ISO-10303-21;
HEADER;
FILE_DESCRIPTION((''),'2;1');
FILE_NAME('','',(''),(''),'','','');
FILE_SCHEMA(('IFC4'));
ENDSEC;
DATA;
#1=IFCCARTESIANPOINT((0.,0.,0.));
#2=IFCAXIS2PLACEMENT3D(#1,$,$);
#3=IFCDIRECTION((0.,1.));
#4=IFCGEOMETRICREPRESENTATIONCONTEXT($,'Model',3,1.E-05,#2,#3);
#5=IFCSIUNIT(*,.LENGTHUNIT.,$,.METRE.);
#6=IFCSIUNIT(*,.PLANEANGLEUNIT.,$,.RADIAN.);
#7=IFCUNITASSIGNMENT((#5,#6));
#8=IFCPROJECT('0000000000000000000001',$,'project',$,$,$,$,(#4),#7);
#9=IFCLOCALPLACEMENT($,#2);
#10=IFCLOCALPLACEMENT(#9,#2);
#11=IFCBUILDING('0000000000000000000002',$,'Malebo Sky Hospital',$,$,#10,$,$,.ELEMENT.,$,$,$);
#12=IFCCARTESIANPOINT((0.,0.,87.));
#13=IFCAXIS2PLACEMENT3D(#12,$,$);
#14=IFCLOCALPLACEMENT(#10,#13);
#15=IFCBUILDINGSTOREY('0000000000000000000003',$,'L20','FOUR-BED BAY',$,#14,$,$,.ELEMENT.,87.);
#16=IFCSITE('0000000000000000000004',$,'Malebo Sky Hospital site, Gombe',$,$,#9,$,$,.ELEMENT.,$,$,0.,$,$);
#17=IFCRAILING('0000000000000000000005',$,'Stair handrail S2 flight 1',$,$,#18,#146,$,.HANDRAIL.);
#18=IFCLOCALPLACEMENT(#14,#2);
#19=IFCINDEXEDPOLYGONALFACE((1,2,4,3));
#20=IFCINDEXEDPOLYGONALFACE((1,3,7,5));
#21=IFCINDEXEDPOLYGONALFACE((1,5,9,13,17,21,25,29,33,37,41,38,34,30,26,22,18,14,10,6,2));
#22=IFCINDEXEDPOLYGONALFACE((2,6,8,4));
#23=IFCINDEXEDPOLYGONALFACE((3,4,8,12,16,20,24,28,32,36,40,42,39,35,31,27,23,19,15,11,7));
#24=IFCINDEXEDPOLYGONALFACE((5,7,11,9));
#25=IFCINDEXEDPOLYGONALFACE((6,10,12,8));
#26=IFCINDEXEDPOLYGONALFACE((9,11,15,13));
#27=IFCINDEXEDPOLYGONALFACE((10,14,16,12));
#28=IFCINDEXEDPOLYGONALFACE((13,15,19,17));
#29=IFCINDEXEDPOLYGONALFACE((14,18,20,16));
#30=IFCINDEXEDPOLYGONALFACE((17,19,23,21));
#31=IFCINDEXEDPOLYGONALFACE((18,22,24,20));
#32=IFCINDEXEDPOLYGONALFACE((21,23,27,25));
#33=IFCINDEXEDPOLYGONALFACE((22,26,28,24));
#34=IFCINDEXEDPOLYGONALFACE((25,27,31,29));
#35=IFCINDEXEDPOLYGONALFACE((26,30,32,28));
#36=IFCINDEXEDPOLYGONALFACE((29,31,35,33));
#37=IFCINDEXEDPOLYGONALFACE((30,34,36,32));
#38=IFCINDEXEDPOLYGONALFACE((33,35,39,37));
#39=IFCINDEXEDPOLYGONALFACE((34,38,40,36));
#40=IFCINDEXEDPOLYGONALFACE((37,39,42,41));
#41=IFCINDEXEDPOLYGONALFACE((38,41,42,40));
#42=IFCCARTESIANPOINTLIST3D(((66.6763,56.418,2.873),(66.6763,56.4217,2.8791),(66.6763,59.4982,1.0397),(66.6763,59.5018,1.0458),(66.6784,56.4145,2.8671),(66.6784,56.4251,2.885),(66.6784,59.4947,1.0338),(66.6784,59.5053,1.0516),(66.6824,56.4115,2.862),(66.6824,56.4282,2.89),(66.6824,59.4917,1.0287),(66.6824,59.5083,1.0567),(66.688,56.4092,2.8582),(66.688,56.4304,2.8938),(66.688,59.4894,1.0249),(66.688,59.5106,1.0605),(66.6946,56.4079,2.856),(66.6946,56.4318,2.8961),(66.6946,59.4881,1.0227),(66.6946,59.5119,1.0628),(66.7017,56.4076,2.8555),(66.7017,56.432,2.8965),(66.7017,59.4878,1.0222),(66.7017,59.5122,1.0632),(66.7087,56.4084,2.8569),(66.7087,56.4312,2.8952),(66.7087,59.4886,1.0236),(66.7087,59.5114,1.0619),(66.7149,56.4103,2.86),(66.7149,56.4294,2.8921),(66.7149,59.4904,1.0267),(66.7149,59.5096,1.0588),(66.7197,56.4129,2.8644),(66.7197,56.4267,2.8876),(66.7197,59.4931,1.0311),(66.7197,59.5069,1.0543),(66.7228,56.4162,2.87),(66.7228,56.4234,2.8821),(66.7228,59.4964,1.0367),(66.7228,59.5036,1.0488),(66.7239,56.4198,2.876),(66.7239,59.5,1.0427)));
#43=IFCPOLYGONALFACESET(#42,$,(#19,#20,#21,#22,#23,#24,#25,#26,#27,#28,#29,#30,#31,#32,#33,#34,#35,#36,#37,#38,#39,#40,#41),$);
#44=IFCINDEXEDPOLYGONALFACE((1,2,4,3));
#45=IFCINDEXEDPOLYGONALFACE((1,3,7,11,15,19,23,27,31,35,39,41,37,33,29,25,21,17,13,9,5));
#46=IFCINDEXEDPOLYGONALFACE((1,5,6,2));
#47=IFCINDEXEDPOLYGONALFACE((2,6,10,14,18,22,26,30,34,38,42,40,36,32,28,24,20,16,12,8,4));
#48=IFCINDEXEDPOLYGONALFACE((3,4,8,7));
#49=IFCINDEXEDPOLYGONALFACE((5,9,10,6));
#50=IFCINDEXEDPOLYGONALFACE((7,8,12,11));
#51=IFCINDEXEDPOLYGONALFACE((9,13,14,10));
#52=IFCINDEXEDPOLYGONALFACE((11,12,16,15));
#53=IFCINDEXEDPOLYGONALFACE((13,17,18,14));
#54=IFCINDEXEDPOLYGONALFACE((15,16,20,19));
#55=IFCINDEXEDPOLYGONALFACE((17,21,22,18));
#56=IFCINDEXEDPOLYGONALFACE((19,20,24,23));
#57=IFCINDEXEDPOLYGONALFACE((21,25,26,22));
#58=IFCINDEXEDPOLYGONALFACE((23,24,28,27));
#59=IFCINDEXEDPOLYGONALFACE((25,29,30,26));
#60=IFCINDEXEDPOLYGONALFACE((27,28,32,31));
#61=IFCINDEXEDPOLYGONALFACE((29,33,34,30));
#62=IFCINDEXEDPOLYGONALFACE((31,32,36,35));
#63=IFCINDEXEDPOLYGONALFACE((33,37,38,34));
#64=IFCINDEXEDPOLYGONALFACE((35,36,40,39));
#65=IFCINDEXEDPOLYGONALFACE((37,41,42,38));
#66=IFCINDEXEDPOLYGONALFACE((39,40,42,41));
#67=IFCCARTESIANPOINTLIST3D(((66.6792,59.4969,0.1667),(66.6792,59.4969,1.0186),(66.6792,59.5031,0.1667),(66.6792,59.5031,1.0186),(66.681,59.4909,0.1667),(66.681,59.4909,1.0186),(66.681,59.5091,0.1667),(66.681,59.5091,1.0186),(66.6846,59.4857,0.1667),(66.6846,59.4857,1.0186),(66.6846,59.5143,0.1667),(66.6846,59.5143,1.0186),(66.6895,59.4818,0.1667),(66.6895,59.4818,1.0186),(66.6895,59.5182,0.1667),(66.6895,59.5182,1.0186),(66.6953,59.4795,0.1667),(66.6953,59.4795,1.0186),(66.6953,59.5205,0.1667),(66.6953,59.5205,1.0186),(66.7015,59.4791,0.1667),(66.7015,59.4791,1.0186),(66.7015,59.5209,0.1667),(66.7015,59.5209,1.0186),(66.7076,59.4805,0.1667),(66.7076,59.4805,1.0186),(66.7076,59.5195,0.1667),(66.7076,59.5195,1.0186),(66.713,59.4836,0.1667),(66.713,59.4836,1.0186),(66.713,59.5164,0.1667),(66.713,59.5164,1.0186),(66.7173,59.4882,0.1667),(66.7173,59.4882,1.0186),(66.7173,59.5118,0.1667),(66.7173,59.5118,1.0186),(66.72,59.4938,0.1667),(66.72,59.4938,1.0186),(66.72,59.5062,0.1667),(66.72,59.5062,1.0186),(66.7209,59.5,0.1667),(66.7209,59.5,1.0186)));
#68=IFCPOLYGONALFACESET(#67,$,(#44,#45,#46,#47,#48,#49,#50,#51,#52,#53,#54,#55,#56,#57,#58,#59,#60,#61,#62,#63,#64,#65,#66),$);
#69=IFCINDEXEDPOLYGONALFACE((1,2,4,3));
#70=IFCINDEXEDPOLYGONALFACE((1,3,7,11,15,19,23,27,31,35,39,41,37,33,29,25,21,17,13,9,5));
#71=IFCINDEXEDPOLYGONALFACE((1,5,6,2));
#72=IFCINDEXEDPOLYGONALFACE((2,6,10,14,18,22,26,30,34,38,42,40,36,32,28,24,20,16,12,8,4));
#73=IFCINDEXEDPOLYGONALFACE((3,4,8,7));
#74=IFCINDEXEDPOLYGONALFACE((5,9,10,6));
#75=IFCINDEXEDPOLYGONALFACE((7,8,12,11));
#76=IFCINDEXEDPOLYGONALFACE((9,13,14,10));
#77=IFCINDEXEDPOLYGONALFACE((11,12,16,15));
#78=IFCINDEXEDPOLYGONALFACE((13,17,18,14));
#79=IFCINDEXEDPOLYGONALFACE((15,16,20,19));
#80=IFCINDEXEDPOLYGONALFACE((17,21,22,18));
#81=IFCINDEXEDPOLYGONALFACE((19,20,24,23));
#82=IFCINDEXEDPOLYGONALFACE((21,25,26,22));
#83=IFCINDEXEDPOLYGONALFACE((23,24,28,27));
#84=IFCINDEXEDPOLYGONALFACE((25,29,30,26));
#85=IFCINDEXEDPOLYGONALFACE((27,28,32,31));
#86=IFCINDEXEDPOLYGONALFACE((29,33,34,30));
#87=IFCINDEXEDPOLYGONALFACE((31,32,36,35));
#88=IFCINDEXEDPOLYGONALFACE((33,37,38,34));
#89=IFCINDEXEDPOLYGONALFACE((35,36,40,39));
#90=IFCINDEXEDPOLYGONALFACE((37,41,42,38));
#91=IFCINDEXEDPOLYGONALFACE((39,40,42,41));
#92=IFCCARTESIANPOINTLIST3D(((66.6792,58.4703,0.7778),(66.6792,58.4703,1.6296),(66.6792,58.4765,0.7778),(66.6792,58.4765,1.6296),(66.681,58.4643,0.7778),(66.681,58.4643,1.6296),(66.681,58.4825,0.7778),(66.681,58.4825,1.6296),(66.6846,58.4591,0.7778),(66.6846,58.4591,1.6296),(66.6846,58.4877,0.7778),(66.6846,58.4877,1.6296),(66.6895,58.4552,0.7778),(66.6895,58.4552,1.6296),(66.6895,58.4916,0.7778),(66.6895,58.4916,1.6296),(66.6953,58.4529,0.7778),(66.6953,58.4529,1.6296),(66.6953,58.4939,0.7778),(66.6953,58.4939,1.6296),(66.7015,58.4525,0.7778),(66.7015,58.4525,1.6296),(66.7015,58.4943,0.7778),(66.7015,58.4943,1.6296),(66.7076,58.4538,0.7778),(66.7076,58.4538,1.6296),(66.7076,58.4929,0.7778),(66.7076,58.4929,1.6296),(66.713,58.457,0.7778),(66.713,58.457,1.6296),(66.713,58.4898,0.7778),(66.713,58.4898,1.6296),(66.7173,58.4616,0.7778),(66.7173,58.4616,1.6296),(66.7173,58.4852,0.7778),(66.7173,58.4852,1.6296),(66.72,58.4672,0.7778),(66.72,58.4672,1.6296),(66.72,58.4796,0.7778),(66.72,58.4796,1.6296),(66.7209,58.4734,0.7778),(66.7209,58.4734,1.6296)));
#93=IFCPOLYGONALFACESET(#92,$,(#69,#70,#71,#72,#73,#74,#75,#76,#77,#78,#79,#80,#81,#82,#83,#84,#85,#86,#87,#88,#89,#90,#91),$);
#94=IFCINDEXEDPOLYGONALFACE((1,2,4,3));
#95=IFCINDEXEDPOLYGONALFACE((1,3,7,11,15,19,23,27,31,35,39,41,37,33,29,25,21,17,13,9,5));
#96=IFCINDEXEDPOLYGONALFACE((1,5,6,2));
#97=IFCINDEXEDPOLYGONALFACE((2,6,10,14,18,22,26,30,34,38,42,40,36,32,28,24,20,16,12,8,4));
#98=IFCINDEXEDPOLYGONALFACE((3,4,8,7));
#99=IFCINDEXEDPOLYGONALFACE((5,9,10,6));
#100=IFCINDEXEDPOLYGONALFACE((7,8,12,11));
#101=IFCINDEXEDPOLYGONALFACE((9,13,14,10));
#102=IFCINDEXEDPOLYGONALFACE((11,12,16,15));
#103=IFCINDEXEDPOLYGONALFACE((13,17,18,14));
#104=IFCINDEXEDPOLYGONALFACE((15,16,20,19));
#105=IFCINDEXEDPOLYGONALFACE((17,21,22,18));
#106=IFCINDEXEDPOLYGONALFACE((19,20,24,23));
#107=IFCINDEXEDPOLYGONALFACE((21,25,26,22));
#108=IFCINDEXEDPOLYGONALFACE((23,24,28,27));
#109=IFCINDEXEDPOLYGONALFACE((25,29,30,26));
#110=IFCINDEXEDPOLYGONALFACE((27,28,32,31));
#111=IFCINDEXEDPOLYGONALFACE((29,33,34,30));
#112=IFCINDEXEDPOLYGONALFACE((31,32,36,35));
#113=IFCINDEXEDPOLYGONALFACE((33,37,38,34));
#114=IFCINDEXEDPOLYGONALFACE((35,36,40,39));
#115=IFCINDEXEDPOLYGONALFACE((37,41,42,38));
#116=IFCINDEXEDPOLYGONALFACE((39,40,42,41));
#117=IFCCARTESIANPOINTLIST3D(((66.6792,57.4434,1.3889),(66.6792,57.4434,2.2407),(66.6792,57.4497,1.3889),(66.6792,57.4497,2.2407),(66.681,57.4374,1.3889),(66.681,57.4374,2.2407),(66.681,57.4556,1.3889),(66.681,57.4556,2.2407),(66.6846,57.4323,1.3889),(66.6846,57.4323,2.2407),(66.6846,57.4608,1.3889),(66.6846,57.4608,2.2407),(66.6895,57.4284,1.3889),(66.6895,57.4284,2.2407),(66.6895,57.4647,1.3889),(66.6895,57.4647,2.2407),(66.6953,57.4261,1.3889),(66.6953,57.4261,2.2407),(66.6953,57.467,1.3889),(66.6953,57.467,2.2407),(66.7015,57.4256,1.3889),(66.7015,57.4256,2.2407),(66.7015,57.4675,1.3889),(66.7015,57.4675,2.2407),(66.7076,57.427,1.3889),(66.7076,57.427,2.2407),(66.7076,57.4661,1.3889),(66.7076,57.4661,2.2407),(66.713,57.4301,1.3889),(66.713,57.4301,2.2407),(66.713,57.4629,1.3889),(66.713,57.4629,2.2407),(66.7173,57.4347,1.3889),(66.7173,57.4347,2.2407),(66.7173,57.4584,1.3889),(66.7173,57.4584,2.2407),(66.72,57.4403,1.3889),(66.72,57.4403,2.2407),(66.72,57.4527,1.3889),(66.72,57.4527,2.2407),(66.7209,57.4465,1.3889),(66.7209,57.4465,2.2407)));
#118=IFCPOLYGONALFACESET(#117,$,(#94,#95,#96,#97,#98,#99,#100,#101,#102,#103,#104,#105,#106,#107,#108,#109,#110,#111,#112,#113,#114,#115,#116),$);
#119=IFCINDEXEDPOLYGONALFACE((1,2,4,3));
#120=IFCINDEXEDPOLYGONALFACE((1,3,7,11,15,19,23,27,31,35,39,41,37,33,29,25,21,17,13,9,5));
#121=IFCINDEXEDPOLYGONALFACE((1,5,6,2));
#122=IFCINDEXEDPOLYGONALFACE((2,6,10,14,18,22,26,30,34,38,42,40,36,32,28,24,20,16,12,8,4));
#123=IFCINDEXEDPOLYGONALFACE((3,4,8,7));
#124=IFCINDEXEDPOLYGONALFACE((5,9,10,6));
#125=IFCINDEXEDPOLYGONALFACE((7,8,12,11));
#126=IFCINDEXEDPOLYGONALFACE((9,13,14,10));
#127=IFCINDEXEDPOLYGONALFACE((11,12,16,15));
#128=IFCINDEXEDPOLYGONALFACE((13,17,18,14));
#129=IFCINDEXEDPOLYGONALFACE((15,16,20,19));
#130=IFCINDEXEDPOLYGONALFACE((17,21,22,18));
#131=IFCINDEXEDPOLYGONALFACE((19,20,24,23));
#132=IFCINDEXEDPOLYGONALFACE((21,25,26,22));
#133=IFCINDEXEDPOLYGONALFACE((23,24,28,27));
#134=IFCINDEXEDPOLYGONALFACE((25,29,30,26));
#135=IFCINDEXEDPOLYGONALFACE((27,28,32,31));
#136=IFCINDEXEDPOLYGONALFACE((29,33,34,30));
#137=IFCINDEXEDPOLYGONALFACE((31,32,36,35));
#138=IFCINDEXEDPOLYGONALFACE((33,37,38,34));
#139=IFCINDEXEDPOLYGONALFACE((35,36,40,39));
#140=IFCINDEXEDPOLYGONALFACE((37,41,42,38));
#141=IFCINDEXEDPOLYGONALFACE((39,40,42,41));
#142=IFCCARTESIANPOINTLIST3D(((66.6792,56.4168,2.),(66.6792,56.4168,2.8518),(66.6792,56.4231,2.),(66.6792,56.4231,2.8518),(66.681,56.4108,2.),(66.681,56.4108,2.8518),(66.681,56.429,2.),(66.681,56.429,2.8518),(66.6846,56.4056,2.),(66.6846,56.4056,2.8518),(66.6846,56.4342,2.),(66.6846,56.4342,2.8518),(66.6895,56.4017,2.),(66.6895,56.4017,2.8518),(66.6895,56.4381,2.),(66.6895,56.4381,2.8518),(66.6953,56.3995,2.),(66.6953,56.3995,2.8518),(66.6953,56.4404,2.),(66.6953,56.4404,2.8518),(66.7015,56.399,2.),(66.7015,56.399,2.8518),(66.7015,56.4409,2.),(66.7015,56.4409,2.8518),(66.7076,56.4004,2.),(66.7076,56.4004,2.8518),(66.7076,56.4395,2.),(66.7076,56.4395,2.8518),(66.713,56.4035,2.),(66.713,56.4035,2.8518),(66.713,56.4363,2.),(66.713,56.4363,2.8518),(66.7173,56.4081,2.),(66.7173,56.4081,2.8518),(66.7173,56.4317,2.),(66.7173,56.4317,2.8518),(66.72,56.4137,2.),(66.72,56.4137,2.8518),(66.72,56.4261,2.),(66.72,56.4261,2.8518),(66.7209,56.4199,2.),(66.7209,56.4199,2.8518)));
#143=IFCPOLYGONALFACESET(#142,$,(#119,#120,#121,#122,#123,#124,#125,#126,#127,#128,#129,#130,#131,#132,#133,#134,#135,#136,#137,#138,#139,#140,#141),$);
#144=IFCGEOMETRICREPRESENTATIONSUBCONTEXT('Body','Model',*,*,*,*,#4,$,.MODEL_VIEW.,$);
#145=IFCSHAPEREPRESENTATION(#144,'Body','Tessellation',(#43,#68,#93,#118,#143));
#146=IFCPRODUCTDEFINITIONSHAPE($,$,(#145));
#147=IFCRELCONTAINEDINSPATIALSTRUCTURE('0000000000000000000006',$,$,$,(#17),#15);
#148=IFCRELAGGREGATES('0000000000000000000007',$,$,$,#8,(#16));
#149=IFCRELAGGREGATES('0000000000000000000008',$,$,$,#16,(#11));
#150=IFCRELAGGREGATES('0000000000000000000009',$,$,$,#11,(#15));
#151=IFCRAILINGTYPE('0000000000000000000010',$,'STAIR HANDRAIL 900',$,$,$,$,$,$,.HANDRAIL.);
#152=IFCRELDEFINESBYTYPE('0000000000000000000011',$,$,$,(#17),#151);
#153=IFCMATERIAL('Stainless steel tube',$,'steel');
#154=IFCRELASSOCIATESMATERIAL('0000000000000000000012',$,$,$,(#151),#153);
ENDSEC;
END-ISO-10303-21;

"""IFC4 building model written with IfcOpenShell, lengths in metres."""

from ifc_helpers import new_model, si_unit, direction, frame, origin, origin_2d, place, context, subcontext, project, spatial, circle, extrude, material, type_object, element, save


model = new_model("IFC4")

# Units and contexts
model_context = context("Model", 3, precision=1e-05, world=origin(), true_north=direction((0.0, 1.0)))
body_context = subcontext(model_context, "Body", "Model", "MODEL_VIEW")
ifc_project = project(units=[si_unit("LENGTHUNIT", "METRE"), si_unit("PLANEANGLEUNIT", "RADIAN")], contexts=[model_context])

# Site, building, storey
site_placement = place(None, origin())
site = spatial("IfcSite", under=ifc_project, at=site_placement, Name="Malebo Sky Hospital site, Gombe", CompositionType="ELEMENT", RefElevation=0.0)
building_placement = place(site_placement, origin())
building = spatial("IfcBuilding", under=site, at=building_placement, Name="Malebo Sky Hospital", CompositionType="ELEMENT")
storey_placement = place(building_placement, frame((0.0, 0.0, 87.0)))
storey = spatial("IfcBuildingStorey", under=building, at=storey_placement, Name="L20", Description="FOUR-BED BAY", CompositionType="ELEMENT", Elevation=87.0)

# Railing
ifc_material_1 = material(Name="Stainless steel tube", Category="steel")
railing_type = type_object("IfcRailingType", Name="STAIR HANDRAIL 900", PredefinedType="HANDRAIL", material=ifc_material_1)
railing_1_placement = place(storey_placement, frame((66.7, 59.5, 0.1667)))
element("IfcRailing", 1, at=railing_1_placement, inside=storey, type_object=railing_type, Name="Stair handrail S2 flight 1", PredefinedType="HANDRAIL", context=body_context, shape_type="SweptSolid", body=[
    extrude(circle(Radius=0.0239, at=origin_2d()), frame((0.0, 0.0, 0.876), z_axis=(0.0, -0.859309, 0.511458), x_axis=(1.0, 0.0, 0.0)), (0.0, 0.0, 1.0), 3.5845),
    extrude(circle(Radius=0.021, at=origin_2d()), origin(), (0.0, 0.0, 1.0), 0.8518),
    extrude(circle(Radius=0.021, at=origin_2d()), frame((0.0, -1.0266, 0.6111)), (0.0, 0.0, 1.0), 0.8518),
    extrude(circle(Radius=0.021, at=origin_2d()), frame((0.0, -2.0535, 1.2222)), (0.0, 0.0, 1.0), 0.8518),
    extrude(circle(Radius=0.021, at=origin_2d()), frame((0.0, -3.0801, 1.8333)), (0.0, 0.0, 1.0), 0.8518),
])

save(model, "model.ifc")
